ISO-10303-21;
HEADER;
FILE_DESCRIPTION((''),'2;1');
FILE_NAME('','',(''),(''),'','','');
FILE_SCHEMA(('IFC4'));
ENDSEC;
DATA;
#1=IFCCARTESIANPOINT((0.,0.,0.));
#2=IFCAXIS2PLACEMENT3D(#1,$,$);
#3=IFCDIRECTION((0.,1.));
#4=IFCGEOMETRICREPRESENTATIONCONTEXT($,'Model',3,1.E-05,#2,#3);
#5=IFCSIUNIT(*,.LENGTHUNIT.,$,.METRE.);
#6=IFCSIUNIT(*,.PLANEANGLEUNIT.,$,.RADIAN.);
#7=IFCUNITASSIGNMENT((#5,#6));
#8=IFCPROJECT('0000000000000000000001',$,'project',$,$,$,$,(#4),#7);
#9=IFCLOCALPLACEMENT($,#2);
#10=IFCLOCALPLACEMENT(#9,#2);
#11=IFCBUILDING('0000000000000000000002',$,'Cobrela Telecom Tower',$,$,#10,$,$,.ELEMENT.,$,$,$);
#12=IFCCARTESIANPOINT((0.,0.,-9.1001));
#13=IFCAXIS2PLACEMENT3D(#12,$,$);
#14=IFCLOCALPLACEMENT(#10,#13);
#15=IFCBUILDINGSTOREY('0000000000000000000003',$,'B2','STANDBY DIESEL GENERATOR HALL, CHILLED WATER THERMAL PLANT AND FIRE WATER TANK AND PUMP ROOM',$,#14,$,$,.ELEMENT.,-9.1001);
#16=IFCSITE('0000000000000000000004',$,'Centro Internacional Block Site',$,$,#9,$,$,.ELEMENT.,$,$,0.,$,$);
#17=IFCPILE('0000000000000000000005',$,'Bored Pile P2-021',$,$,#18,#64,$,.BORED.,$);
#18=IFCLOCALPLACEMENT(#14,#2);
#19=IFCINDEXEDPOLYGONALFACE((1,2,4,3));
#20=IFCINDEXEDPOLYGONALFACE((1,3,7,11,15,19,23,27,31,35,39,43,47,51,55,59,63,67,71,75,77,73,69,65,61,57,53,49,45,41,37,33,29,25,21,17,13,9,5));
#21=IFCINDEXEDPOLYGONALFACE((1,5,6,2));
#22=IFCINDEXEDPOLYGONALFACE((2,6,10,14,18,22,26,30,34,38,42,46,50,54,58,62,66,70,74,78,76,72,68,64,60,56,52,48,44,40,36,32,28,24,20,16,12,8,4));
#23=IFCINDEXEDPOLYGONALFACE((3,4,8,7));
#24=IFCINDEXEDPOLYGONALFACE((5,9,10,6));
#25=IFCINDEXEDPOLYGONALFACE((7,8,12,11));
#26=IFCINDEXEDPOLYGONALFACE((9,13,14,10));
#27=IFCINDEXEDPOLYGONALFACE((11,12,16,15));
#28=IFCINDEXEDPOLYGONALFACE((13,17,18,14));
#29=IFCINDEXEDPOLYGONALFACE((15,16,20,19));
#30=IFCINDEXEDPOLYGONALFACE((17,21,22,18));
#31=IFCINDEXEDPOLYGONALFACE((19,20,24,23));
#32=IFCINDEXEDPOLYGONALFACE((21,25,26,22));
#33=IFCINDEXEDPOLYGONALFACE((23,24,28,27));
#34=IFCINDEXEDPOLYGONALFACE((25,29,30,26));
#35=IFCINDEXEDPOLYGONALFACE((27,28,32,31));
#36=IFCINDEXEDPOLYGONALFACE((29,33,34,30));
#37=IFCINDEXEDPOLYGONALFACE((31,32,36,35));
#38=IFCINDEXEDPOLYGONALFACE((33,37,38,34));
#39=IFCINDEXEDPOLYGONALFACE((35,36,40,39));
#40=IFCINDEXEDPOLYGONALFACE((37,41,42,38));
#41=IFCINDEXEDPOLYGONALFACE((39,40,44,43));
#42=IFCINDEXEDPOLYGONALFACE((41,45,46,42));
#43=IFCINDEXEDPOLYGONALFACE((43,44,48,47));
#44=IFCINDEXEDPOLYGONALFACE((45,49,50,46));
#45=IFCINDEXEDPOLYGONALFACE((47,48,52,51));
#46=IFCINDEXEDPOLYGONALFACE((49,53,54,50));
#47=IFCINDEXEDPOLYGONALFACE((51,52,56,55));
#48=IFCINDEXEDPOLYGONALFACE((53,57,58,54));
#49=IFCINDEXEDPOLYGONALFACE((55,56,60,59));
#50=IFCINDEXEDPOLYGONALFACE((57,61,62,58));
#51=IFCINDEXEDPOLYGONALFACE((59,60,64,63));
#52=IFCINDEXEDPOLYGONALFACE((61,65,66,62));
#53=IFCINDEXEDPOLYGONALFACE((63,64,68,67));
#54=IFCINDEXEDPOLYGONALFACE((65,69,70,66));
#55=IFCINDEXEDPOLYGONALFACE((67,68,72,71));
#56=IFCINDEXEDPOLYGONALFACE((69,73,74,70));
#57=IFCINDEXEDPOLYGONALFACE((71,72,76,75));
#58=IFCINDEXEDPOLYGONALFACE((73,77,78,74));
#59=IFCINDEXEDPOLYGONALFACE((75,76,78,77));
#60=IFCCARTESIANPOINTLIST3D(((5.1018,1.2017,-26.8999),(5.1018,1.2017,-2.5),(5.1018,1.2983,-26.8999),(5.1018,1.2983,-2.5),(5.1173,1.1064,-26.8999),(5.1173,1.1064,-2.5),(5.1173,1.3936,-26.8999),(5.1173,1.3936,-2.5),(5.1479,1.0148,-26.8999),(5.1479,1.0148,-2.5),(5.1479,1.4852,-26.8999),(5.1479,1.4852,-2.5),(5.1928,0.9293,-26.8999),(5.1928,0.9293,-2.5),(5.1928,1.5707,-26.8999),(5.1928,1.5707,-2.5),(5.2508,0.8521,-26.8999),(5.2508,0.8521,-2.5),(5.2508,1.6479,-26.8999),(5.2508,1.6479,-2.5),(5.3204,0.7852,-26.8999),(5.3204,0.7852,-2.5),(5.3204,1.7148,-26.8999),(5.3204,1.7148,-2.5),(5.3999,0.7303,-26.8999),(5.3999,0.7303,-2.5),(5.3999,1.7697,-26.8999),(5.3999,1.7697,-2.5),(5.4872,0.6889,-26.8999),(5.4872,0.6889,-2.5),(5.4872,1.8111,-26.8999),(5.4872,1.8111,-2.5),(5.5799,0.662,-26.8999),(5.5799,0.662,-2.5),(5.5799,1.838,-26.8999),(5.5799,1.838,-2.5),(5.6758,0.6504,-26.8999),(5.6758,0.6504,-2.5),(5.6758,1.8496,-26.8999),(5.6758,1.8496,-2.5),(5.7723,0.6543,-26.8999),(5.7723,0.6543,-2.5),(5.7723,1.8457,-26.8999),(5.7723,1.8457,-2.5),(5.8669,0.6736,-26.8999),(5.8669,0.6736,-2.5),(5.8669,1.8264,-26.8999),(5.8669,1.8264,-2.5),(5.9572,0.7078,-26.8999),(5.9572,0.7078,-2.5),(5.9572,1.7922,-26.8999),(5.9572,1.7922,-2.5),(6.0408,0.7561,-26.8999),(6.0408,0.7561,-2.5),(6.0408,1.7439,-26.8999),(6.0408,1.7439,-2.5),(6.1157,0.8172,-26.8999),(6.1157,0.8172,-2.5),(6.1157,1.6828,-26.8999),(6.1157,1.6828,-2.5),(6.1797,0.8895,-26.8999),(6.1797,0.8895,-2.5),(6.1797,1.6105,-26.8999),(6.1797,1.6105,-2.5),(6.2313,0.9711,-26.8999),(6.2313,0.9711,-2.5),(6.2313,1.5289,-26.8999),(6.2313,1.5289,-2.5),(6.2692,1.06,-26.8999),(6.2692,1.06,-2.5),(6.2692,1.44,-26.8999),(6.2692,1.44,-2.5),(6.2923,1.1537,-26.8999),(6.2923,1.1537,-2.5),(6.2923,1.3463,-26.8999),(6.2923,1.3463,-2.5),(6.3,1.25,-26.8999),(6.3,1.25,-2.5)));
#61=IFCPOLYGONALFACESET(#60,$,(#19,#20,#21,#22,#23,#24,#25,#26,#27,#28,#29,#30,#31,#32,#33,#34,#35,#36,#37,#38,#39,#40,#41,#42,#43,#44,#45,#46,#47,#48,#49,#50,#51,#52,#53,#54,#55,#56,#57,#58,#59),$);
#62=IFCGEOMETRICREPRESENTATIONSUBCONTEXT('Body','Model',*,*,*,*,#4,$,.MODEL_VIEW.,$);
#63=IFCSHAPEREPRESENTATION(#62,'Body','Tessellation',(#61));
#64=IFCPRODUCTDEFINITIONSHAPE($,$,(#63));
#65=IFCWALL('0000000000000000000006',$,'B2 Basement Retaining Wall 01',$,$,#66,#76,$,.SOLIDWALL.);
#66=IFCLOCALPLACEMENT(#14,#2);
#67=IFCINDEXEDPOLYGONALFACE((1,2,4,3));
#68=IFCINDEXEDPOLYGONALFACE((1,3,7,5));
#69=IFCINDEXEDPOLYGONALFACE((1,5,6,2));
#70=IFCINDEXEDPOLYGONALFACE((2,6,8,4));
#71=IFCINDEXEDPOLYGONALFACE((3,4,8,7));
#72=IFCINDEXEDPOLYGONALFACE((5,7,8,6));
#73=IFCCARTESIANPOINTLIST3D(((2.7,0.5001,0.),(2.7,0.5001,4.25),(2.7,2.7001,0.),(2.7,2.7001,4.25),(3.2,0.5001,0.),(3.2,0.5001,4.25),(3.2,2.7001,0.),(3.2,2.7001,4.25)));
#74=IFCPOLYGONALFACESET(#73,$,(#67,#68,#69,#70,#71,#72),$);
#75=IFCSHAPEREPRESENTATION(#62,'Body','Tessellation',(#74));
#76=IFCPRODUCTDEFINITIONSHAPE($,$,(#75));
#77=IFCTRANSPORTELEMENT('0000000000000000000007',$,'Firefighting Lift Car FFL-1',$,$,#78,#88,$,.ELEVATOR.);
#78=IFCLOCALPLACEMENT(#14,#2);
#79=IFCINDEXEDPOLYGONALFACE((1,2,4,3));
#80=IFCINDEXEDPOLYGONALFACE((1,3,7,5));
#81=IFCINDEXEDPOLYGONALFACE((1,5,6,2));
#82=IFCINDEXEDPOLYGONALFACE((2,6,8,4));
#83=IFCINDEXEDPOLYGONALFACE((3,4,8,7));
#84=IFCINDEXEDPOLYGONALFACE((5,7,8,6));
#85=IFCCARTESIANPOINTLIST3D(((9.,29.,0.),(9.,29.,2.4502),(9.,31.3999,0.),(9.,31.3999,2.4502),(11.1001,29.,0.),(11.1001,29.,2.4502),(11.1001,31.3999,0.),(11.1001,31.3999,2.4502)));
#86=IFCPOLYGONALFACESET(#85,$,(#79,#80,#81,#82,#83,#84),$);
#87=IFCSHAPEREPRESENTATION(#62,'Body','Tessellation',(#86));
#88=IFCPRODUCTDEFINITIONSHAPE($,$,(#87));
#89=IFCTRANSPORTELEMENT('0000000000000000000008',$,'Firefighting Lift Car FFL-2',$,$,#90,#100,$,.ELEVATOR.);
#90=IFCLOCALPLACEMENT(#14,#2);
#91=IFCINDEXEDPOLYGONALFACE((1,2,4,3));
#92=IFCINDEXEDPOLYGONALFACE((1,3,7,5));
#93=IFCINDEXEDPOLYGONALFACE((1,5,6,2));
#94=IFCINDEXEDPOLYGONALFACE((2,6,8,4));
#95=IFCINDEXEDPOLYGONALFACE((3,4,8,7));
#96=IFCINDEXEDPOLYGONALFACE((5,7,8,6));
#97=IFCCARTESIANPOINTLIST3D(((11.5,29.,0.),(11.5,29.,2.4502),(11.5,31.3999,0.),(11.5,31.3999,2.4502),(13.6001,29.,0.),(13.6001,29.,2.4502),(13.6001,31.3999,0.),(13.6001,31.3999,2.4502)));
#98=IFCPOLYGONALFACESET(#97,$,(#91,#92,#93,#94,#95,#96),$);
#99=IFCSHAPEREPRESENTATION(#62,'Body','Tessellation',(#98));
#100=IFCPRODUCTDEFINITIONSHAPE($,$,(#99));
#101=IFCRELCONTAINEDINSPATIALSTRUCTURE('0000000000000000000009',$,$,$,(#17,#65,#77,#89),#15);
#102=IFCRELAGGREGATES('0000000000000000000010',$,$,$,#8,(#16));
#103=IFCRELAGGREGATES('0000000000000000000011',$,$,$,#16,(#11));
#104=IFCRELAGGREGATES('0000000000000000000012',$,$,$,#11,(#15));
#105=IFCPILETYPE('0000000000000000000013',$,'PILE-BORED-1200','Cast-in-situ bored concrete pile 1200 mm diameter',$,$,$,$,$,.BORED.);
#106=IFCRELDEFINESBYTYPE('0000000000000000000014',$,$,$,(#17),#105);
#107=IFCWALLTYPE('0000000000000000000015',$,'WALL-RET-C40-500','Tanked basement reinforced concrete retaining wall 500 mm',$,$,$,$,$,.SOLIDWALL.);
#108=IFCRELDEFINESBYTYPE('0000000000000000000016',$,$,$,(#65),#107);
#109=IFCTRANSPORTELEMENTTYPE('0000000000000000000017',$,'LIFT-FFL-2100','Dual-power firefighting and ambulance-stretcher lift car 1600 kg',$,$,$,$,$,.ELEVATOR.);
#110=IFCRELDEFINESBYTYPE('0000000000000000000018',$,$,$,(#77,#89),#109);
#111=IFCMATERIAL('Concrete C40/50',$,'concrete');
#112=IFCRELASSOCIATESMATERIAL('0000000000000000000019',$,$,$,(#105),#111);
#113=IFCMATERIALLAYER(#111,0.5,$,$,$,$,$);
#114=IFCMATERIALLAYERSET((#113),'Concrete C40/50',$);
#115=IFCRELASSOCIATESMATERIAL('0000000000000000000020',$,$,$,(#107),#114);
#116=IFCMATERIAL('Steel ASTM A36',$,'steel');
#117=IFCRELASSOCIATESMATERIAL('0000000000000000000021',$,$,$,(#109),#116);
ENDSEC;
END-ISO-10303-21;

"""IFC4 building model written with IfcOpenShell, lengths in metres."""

from ifc_helpers import new_model, si_unit, direction, frame, frame_2d, origin, origin_2d, place, context, subcontext, project, spatial, polyline, rectangle, circle, outline, extrude, material, layer, layer_set, material_profile, profile_set, type_object, element, save


model = new_model("IFC4")

# Units and contexts
model_context = context("Model", 3, precision=1e-05, world=origin(), true_north=direction((0.0, 1.0)))
body_context = subcontext(model_context, "Body", "Model", "MODEL_VIEW")
ifc_project = project(units=[si_unit("LENGTHUNIT", "METRE"), si_unit("PLANEANGLEUNIT", "RADIAN")], contexts=[model_context])

# Site, building, storey
site_placement = place(None, origin())
site = spatial("IfcSite", under=ifc_project, at=site_placement, Name="Centro Internacional Block Site", CompositionType="ELEMENT", RefElevation=0.0)
building_placement = place(site_placement, origin())
building = spatial("IfcBuilding", under=site, at=building_placement, Name="Cobrela Telecom Tower", CompositionType="ELEMENT")
storey_placement = place(building_placement, frame((0.0, 0.0, -9.1001)))
storey = spatial("IfcBuildingStorey", under=building, at=storey_placement, Name="B2", Description="STANDBY DIESEL GENERATOR HALL, CHILLED WATER THERMAL PLANT AND FIRE WATER TANK AND PUMP ROOM", CompositionType="ELEMENT", Elevation=-9.1001)

# Pile
ifc_material_1 = material(Name="Concrete C40/50", Category="concrete")
ifc_material_profile = material_profile(ifc_material_1, circle(Radius=0.6001, at=origin_2d()), Name="BORED PILE D1200")
ifc_profile_set = profile_set([ifc_material_profile], Name="Concrete C40/50")
pile_type = type_object("IfcPileType", Name="PILE-BORED-1200", Description="Cast-in-situ bored concrete pile 1200 mm diameter", PredefinedType="BORED", material=ifc_profile_set)
pile_placement = place(storey_placement, frame((5.7, 1.25, -2.5), z_axis=(0.0, 0.0, -1.0), x_axis=(1.0, 0.0, 0.0)))
element("IfcPile", 1, at=pile_placement, inside=storey, type_object=pile_type, Name="Bored Pile P2-021", PredefinedType="BORED", context=body_context, shape_type="SweptSolid", body=[
    extrude(circle(Radius=0.6001, at=origin_2d()), origin(), (0.0, 0.0, 1.0), 24.3999),
])

# Wall
ifc_layer = layer(ifc_material_1, 0.5)
ifc_layer_set = layer_set([ifc_layer], Name="Concrete C40/50")
wall_type = type_object("IfcWallType", Name="WALL-RET-C40-500", Description="Tanked basement reinforced concrete retaining wall 500 mm", PredefinedType="SOLIDWALL", material=ifc_layer_set)
wall_placement = place(storey_placement, frame((2.95, 0.5, 0.0), z_axis=(0.0, 0.0, 1.0), x_axis=(0.0, 1.0, 0.0)))
element("IfcWall", 2, at=wall_placement, inside=storey, type_object=wall_type, Name="B2 Basement Retaining Wall 01", PredefinedType="SOLIDWALL", context=body_context, shape_type="SweptSolid", body=[
    extrude(rectangle(XDim=2.2, YDim=0.5, at=frame_2d((1.1001, 0.0))), origin(), (0.0, 0.0, 1.0), 4.25),
])

# Transport elements
ifc_material_2 = material(Name="Steel ASTM A36", Category="steel")
transport_element_type = type_object("IfcTransportElementType", Name="LIFT-FFL-2100", Description="Dual-power firefighting and ambulance-stretcher lift car 1600 kg", PredefinedType="ELEVATOR", material=ifc_material_2)
transport_element_1_placement = place(storey_placement, origin())
element("IfcTransportElement", 3, at=transport_element_1_placement, inside=storey, type_object=transport_element_type, Name="Firefighting Lift Car FFL-1", PredefinedType="ELEVATOR", context=body_context, shape_type="SweptSolid", body=[
    extrude(outline(polyline([(9.0, 29.0), (11.1001, 29.0), (11.1001, 31.3999), (9.0, 31.3999), (9.0, 29.0)])), origin(), (0.0, 0.0, 1.0), 2.4502),
])
transport_element_2_placement = place(storey_placement, origin())
element("IfcTransportElement", 4, at=transport_element_2_placement, inside=storey, type_object=transport_element_type, Name="Firefighting Lift Car FFL-2", PredefinedType="ELEVATOR", context=body_context, shape_type="SweptSolid", body=[
    extrude(outline(polyline([(11.5, 29.0), (13.6001, 29.0), (13.6001, 31.3999), (11.5, 31.3999), (11.5, 29.0)])), origin(), (0.0, 0.0, 1.0), 2.4502),
])

save(model, "model.ifc")
